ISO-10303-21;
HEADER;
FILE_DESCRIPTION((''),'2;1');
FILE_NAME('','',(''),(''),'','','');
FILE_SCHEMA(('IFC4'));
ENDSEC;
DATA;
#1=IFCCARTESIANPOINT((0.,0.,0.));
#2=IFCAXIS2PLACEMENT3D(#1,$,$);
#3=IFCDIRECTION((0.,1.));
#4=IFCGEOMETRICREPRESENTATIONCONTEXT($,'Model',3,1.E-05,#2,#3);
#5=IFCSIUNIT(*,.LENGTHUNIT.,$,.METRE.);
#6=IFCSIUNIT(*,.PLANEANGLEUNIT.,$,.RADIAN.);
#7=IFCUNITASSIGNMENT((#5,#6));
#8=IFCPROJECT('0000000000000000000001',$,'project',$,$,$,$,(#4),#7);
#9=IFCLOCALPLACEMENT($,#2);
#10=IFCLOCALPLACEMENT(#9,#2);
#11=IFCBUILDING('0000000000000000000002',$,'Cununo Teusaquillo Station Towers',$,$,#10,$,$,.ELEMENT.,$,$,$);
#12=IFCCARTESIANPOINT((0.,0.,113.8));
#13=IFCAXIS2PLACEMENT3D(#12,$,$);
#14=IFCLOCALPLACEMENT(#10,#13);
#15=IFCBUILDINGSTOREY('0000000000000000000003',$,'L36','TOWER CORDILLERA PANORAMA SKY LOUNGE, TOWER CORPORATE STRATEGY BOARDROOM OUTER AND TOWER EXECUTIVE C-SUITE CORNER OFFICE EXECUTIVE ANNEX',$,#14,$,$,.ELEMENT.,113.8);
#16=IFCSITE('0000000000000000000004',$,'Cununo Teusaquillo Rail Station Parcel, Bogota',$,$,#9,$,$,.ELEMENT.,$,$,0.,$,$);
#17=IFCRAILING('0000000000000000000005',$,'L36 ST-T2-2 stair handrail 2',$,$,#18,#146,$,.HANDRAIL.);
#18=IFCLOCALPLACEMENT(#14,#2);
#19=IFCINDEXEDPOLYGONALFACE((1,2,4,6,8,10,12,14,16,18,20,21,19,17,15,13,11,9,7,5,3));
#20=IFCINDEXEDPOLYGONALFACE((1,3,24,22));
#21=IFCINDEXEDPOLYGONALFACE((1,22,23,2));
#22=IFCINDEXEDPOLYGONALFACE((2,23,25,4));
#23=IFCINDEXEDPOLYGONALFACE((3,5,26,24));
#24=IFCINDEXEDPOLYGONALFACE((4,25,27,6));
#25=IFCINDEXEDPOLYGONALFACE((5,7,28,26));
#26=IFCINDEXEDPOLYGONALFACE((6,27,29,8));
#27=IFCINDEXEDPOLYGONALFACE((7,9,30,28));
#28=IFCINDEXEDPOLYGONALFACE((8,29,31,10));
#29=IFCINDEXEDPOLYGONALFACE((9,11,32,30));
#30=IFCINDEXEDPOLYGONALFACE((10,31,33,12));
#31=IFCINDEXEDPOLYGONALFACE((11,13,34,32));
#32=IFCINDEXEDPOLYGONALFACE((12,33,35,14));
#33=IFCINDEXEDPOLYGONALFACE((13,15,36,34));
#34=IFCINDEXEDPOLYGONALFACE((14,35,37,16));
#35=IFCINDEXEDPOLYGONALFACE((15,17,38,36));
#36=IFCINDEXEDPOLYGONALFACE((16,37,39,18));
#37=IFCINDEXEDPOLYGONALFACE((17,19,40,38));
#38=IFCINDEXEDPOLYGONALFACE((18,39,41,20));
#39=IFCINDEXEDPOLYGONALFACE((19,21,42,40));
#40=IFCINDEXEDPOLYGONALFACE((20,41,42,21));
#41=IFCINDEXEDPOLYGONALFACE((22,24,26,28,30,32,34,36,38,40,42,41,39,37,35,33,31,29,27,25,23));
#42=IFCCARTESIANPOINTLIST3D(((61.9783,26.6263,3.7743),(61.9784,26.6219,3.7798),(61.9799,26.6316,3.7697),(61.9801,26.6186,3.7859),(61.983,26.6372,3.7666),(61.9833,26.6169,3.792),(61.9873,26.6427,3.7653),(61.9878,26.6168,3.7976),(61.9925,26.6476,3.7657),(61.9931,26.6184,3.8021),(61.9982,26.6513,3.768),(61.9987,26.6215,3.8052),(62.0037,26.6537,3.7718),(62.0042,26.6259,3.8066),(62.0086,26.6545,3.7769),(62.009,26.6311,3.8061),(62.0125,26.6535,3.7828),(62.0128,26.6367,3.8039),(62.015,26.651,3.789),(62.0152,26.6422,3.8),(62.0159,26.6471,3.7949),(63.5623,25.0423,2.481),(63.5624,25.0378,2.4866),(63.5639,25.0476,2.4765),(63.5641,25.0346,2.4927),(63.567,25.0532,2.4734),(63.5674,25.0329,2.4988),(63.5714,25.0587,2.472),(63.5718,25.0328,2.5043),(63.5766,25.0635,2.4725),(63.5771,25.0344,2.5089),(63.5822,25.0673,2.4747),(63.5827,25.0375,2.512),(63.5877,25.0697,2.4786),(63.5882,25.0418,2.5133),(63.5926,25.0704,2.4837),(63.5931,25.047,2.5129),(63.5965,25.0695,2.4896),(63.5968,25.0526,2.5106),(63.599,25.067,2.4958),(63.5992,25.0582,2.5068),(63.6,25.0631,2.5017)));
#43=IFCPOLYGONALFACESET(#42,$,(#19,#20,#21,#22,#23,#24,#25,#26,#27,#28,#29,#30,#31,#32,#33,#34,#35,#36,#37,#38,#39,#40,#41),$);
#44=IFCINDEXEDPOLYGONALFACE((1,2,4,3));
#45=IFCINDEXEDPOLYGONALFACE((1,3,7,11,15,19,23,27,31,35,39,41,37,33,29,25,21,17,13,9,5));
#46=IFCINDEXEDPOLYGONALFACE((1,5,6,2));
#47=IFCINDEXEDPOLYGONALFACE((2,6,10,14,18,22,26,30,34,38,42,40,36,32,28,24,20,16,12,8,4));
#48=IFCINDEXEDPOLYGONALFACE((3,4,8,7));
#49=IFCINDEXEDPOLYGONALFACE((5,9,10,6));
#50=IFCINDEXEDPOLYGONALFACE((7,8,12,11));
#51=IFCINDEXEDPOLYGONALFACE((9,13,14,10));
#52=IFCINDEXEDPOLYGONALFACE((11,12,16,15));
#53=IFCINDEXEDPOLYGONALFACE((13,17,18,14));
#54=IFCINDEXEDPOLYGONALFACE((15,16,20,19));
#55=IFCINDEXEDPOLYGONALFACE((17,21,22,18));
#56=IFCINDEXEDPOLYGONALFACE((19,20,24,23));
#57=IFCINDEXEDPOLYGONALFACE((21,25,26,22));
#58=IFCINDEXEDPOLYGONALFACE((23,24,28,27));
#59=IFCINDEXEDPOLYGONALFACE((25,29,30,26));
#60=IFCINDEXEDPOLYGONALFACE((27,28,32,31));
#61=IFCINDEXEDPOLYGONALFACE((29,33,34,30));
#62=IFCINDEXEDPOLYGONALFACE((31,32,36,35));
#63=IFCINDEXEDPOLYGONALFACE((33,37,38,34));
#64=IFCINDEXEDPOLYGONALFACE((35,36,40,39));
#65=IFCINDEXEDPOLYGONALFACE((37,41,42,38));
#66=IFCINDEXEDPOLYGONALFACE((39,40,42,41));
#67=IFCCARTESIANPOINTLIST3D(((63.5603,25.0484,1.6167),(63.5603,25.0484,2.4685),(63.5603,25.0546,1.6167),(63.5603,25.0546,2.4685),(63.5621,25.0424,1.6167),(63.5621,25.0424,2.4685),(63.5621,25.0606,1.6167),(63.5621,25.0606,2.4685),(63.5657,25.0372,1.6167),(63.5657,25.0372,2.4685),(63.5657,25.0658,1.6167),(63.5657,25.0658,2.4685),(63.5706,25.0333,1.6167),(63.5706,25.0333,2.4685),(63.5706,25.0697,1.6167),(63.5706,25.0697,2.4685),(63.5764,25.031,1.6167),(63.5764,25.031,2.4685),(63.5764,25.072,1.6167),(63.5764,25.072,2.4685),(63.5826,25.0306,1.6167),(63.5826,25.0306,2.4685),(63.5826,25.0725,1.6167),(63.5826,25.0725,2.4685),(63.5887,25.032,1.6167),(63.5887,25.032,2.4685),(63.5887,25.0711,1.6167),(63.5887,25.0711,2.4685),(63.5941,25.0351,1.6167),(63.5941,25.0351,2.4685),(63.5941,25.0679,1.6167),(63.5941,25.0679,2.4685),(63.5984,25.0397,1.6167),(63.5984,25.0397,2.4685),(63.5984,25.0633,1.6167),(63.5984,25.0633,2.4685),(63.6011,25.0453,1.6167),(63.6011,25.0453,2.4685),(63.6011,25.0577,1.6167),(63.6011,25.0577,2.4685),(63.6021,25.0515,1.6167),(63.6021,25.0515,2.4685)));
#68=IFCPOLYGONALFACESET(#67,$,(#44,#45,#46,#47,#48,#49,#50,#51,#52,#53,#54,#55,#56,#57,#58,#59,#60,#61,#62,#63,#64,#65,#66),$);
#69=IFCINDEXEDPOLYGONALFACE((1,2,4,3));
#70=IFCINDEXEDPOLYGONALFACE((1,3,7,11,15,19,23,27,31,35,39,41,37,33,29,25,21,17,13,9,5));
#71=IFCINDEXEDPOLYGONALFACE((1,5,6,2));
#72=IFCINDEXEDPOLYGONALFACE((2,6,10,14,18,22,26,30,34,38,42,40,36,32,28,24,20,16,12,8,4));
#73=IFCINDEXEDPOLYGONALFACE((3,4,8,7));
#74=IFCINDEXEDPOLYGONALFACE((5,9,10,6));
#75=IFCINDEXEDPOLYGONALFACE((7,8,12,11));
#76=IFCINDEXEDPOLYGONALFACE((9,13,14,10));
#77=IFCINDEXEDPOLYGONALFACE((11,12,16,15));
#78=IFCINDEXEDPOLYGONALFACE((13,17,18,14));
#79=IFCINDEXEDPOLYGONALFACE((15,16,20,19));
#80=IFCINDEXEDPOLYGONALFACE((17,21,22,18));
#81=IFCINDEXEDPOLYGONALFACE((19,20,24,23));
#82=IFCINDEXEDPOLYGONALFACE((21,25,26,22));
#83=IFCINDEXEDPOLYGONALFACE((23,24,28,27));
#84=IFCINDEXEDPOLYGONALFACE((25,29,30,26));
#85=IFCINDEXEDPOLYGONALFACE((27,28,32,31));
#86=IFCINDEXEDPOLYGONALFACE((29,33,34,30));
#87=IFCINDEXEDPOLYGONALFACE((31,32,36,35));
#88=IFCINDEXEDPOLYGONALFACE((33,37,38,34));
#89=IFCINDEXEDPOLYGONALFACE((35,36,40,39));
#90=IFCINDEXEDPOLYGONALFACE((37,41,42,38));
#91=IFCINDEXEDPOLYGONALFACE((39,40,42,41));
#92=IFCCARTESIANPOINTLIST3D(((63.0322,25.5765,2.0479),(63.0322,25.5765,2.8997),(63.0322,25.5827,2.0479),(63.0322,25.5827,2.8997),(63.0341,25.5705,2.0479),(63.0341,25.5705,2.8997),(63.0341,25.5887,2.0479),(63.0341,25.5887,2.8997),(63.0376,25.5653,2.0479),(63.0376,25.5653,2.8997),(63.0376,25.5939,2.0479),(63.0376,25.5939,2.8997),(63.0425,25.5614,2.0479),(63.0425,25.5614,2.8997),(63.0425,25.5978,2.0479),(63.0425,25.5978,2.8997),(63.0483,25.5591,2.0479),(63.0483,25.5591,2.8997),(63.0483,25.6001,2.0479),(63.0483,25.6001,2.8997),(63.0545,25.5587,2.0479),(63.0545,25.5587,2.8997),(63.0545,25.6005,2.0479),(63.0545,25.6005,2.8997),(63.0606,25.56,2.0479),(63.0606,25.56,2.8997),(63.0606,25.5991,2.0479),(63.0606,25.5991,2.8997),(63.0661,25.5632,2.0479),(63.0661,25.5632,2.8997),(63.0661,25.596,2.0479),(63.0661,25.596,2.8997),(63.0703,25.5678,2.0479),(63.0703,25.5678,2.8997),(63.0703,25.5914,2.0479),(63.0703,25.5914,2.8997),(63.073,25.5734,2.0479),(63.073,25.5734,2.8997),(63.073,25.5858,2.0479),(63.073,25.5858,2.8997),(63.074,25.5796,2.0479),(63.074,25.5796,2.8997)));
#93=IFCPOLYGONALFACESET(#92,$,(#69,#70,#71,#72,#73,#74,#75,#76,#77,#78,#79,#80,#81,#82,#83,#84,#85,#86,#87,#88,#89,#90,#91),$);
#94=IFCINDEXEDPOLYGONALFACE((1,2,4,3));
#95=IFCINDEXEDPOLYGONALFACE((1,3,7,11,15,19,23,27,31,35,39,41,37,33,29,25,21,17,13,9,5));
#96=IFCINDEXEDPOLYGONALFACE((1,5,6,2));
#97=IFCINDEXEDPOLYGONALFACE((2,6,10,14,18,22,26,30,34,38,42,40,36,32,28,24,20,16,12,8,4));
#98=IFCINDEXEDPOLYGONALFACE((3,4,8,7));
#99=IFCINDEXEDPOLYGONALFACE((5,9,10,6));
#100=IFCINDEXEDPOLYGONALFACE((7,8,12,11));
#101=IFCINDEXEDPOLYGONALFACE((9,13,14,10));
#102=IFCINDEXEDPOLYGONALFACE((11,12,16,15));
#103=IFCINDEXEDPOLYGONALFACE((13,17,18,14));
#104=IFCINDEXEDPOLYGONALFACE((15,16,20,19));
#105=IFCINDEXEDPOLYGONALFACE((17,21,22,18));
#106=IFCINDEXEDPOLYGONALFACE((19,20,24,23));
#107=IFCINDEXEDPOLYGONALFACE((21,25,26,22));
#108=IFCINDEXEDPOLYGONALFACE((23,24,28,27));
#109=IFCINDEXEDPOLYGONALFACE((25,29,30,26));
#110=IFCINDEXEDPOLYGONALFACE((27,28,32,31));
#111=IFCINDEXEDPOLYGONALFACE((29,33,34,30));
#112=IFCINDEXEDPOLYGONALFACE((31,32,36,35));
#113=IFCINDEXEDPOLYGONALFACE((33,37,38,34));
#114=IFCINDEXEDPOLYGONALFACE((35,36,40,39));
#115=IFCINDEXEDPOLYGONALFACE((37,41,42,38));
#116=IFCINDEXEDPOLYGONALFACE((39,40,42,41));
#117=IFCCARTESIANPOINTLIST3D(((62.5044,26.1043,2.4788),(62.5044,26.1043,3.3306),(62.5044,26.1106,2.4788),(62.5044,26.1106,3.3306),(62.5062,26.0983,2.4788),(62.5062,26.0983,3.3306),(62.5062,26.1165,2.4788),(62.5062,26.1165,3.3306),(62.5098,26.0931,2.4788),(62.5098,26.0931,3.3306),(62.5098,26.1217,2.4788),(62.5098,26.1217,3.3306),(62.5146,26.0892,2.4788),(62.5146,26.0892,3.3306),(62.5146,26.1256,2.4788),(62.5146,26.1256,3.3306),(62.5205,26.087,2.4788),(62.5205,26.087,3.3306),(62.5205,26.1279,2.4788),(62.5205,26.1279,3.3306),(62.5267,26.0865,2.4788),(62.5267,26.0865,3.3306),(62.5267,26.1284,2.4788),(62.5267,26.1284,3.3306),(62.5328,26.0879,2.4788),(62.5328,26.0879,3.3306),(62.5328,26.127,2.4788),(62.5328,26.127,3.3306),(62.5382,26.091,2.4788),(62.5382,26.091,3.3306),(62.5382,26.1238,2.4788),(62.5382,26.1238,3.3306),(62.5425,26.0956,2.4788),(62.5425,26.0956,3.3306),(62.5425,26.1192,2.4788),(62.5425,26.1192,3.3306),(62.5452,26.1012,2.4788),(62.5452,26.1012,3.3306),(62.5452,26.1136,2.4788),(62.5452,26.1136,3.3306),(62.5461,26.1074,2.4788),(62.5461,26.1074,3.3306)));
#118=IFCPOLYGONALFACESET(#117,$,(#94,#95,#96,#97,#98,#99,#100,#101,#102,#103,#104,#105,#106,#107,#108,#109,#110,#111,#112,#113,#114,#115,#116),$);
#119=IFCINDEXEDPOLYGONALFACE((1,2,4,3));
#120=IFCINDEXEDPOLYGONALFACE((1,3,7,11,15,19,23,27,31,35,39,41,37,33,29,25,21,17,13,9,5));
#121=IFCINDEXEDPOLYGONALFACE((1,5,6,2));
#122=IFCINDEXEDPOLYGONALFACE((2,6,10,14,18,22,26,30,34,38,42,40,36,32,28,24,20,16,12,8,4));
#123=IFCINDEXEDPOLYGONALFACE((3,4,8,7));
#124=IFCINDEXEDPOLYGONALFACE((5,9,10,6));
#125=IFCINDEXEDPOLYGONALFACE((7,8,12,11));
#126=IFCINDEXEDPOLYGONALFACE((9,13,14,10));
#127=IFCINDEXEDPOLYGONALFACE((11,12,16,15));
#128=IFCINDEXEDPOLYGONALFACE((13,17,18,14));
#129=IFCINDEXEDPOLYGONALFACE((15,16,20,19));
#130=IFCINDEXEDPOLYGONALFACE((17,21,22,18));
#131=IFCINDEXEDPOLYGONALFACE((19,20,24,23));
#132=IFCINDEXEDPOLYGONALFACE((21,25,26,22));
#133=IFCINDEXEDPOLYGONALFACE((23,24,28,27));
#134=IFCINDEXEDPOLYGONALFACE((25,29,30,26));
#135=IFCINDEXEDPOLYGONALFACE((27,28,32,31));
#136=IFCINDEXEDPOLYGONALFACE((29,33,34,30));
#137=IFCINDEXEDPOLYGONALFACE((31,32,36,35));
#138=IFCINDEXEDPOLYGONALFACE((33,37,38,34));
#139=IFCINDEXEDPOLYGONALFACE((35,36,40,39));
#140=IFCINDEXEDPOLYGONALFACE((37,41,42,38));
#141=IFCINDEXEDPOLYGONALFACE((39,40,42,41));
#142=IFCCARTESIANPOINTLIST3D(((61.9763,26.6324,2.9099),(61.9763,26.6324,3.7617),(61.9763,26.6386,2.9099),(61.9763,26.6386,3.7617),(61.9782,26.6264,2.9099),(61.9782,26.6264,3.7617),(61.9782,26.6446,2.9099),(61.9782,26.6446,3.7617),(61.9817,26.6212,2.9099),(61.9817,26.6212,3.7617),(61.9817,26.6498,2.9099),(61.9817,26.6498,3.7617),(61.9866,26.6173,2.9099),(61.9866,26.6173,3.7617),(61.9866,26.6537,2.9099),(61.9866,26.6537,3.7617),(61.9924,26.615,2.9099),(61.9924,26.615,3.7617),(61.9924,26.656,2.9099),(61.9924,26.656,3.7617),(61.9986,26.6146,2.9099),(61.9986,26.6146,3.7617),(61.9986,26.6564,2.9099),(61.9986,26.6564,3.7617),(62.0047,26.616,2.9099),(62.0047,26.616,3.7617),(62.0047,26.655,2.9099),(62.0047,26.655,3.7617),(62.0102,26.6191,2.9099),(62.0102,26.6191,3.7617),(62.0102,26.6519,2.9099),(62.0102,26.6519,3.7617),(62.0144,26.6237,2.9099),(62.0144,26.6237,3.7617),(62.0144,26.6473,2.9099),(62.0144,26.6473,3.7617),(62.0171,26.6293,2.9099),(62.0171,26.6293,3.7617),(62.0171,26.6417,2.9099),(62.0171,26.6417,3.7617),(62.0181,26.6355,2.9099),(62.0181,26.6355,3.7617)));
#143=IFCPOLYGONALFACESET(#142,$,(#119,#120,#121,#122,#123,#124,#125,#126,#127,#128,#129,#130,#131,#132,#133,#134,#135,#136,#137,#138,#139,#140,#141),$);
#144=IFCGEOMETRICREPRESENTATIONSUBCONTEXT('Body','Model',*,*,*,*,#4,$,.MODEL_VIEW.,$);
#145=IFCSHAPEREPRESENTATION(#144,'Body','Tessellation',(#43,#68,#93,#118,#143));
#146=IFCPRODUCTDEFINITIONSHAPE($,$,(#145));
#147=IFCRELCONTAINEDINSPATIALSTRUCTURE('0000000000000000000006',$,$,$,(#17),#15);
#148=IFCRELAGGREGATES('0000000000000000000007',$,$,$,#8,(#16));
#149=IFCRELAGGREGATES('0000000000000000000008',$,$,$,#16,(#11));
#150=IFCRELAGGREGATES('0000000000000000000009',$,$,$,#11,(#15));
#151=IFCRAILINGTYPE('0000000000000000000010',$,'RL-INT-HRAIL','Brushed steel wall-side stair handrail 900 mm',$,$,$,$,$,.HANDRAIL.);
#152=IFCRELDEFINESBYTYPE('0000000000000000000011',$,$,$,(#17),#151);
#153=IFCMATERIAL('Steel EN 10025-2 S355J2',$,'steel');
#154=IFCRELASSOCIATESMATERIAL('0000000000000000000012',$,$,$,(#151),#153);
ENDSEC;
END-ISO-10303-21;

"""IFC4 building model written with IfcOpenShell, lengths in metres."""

from ifc_helpers import new_model, si_unit, direction, frame, origin, origin_2d, place, context, subcontext, project, spatial, circle, extrude, material, type_object, element, save


model = new_model("IFC4")

# Units and contexts
model_context = context("Model", 3, precision=1e-05, world=origin(), true_north=direction((0.0, 1.0)))
body_context = subcontext(model_context, "Body", "Model", "MODEL_VIEW")
ifc_project = project(units=[si_unit("LENGTHUNIT", "METRE"), si_unit("PLANEANGLEUNIT", "RADIAN")], contexts=[model_context])

# Site, building, storey
site_placement = place(None, origin())
site = spatial("IfcSite", under=ifc_project, at=site_placement, Name="Cununo Teusaquillo Rail Station Parcel, Bogota", CompositionType="ELEMENT", RefElevation=0.0)
building_placement = place(site_placement, origin())
building = spatial("IfcBuilding", under=site, at=building_placement, Name="Cununo Teusaquillo Station Towers", CompositionType="ELEMENT")
storey_placement = place(building_placement, frame((0.0, 0.0, 113.8)))
storey = spatial("IfcBuildingStorey", under=building, at=storey_placement, Name="L36", Description="TOWER CORDILLERA PANORAMA SKY LOUNGE, TOWER CORPORATE STRATEGY BOARDROOM OUTER AND TOWER EXECUTIVE C-SUITE CORNER OFFICE EXECUTIVE ANNEX", CompositionType="ELEMENT", Elevation=113.8)

# Railing
ifc_material_1 = material(Name="Steel EN 10025-2 S355J2", Category="steel")
railing_type_1 = type_object("IfcRailingType", Name="RL-INT-HRAIL", Description="Brushed steel wall-side stair handrail 900 mm", PredefinedType="HANDRAIL", material=ifc_material_1)
railing_1_placement = place(storey_placement, frame((63.5811, 25.0515, 1.6167)))
element("IfcRailing", 1, at=railing_1_placement, inside=storey, type_object=railing_type_1, Name="L36 ST-T2-2 stair handrail 2", PredefinedType="HANDRAIL", context=body_context, shape_type="SweptSolid", body=[
    extrude(circle(Radius=0.0239, at=origin_2d()), frame((0.0, 0.0, 0.876), z_axis=(-0.612385, 0.612385, 0.49997), x_axis=(-0.707107, -0.707107, 0.0)), (0.0, 0.0, 1.0), 2.5867),
    extrude(circle(Radius=0.021, at=origin_2d()), origin(), (0.0, 0.0, 1.0), 0.8518),
    extrude(circle(Radius=0.021, at=origin_2d()), frame((-0.5281, 0.5281, 0.4312)), (0.0, 0.0, 1.0), 0.8518),
    extrude(circle(Radius=0.021, at=origin_2d()), frame((-1.0559, 1.0559, 0.8621)), (0.0, 0.0, 1.0), 0.8518),
    extrude(circle(Radius=0.021, at=origin_2d()), frame((-1.584, 1.584, 1.2932)), (0.0, 0.0, 1.0), 0.8518),
])

save(model, "model.ifc")
